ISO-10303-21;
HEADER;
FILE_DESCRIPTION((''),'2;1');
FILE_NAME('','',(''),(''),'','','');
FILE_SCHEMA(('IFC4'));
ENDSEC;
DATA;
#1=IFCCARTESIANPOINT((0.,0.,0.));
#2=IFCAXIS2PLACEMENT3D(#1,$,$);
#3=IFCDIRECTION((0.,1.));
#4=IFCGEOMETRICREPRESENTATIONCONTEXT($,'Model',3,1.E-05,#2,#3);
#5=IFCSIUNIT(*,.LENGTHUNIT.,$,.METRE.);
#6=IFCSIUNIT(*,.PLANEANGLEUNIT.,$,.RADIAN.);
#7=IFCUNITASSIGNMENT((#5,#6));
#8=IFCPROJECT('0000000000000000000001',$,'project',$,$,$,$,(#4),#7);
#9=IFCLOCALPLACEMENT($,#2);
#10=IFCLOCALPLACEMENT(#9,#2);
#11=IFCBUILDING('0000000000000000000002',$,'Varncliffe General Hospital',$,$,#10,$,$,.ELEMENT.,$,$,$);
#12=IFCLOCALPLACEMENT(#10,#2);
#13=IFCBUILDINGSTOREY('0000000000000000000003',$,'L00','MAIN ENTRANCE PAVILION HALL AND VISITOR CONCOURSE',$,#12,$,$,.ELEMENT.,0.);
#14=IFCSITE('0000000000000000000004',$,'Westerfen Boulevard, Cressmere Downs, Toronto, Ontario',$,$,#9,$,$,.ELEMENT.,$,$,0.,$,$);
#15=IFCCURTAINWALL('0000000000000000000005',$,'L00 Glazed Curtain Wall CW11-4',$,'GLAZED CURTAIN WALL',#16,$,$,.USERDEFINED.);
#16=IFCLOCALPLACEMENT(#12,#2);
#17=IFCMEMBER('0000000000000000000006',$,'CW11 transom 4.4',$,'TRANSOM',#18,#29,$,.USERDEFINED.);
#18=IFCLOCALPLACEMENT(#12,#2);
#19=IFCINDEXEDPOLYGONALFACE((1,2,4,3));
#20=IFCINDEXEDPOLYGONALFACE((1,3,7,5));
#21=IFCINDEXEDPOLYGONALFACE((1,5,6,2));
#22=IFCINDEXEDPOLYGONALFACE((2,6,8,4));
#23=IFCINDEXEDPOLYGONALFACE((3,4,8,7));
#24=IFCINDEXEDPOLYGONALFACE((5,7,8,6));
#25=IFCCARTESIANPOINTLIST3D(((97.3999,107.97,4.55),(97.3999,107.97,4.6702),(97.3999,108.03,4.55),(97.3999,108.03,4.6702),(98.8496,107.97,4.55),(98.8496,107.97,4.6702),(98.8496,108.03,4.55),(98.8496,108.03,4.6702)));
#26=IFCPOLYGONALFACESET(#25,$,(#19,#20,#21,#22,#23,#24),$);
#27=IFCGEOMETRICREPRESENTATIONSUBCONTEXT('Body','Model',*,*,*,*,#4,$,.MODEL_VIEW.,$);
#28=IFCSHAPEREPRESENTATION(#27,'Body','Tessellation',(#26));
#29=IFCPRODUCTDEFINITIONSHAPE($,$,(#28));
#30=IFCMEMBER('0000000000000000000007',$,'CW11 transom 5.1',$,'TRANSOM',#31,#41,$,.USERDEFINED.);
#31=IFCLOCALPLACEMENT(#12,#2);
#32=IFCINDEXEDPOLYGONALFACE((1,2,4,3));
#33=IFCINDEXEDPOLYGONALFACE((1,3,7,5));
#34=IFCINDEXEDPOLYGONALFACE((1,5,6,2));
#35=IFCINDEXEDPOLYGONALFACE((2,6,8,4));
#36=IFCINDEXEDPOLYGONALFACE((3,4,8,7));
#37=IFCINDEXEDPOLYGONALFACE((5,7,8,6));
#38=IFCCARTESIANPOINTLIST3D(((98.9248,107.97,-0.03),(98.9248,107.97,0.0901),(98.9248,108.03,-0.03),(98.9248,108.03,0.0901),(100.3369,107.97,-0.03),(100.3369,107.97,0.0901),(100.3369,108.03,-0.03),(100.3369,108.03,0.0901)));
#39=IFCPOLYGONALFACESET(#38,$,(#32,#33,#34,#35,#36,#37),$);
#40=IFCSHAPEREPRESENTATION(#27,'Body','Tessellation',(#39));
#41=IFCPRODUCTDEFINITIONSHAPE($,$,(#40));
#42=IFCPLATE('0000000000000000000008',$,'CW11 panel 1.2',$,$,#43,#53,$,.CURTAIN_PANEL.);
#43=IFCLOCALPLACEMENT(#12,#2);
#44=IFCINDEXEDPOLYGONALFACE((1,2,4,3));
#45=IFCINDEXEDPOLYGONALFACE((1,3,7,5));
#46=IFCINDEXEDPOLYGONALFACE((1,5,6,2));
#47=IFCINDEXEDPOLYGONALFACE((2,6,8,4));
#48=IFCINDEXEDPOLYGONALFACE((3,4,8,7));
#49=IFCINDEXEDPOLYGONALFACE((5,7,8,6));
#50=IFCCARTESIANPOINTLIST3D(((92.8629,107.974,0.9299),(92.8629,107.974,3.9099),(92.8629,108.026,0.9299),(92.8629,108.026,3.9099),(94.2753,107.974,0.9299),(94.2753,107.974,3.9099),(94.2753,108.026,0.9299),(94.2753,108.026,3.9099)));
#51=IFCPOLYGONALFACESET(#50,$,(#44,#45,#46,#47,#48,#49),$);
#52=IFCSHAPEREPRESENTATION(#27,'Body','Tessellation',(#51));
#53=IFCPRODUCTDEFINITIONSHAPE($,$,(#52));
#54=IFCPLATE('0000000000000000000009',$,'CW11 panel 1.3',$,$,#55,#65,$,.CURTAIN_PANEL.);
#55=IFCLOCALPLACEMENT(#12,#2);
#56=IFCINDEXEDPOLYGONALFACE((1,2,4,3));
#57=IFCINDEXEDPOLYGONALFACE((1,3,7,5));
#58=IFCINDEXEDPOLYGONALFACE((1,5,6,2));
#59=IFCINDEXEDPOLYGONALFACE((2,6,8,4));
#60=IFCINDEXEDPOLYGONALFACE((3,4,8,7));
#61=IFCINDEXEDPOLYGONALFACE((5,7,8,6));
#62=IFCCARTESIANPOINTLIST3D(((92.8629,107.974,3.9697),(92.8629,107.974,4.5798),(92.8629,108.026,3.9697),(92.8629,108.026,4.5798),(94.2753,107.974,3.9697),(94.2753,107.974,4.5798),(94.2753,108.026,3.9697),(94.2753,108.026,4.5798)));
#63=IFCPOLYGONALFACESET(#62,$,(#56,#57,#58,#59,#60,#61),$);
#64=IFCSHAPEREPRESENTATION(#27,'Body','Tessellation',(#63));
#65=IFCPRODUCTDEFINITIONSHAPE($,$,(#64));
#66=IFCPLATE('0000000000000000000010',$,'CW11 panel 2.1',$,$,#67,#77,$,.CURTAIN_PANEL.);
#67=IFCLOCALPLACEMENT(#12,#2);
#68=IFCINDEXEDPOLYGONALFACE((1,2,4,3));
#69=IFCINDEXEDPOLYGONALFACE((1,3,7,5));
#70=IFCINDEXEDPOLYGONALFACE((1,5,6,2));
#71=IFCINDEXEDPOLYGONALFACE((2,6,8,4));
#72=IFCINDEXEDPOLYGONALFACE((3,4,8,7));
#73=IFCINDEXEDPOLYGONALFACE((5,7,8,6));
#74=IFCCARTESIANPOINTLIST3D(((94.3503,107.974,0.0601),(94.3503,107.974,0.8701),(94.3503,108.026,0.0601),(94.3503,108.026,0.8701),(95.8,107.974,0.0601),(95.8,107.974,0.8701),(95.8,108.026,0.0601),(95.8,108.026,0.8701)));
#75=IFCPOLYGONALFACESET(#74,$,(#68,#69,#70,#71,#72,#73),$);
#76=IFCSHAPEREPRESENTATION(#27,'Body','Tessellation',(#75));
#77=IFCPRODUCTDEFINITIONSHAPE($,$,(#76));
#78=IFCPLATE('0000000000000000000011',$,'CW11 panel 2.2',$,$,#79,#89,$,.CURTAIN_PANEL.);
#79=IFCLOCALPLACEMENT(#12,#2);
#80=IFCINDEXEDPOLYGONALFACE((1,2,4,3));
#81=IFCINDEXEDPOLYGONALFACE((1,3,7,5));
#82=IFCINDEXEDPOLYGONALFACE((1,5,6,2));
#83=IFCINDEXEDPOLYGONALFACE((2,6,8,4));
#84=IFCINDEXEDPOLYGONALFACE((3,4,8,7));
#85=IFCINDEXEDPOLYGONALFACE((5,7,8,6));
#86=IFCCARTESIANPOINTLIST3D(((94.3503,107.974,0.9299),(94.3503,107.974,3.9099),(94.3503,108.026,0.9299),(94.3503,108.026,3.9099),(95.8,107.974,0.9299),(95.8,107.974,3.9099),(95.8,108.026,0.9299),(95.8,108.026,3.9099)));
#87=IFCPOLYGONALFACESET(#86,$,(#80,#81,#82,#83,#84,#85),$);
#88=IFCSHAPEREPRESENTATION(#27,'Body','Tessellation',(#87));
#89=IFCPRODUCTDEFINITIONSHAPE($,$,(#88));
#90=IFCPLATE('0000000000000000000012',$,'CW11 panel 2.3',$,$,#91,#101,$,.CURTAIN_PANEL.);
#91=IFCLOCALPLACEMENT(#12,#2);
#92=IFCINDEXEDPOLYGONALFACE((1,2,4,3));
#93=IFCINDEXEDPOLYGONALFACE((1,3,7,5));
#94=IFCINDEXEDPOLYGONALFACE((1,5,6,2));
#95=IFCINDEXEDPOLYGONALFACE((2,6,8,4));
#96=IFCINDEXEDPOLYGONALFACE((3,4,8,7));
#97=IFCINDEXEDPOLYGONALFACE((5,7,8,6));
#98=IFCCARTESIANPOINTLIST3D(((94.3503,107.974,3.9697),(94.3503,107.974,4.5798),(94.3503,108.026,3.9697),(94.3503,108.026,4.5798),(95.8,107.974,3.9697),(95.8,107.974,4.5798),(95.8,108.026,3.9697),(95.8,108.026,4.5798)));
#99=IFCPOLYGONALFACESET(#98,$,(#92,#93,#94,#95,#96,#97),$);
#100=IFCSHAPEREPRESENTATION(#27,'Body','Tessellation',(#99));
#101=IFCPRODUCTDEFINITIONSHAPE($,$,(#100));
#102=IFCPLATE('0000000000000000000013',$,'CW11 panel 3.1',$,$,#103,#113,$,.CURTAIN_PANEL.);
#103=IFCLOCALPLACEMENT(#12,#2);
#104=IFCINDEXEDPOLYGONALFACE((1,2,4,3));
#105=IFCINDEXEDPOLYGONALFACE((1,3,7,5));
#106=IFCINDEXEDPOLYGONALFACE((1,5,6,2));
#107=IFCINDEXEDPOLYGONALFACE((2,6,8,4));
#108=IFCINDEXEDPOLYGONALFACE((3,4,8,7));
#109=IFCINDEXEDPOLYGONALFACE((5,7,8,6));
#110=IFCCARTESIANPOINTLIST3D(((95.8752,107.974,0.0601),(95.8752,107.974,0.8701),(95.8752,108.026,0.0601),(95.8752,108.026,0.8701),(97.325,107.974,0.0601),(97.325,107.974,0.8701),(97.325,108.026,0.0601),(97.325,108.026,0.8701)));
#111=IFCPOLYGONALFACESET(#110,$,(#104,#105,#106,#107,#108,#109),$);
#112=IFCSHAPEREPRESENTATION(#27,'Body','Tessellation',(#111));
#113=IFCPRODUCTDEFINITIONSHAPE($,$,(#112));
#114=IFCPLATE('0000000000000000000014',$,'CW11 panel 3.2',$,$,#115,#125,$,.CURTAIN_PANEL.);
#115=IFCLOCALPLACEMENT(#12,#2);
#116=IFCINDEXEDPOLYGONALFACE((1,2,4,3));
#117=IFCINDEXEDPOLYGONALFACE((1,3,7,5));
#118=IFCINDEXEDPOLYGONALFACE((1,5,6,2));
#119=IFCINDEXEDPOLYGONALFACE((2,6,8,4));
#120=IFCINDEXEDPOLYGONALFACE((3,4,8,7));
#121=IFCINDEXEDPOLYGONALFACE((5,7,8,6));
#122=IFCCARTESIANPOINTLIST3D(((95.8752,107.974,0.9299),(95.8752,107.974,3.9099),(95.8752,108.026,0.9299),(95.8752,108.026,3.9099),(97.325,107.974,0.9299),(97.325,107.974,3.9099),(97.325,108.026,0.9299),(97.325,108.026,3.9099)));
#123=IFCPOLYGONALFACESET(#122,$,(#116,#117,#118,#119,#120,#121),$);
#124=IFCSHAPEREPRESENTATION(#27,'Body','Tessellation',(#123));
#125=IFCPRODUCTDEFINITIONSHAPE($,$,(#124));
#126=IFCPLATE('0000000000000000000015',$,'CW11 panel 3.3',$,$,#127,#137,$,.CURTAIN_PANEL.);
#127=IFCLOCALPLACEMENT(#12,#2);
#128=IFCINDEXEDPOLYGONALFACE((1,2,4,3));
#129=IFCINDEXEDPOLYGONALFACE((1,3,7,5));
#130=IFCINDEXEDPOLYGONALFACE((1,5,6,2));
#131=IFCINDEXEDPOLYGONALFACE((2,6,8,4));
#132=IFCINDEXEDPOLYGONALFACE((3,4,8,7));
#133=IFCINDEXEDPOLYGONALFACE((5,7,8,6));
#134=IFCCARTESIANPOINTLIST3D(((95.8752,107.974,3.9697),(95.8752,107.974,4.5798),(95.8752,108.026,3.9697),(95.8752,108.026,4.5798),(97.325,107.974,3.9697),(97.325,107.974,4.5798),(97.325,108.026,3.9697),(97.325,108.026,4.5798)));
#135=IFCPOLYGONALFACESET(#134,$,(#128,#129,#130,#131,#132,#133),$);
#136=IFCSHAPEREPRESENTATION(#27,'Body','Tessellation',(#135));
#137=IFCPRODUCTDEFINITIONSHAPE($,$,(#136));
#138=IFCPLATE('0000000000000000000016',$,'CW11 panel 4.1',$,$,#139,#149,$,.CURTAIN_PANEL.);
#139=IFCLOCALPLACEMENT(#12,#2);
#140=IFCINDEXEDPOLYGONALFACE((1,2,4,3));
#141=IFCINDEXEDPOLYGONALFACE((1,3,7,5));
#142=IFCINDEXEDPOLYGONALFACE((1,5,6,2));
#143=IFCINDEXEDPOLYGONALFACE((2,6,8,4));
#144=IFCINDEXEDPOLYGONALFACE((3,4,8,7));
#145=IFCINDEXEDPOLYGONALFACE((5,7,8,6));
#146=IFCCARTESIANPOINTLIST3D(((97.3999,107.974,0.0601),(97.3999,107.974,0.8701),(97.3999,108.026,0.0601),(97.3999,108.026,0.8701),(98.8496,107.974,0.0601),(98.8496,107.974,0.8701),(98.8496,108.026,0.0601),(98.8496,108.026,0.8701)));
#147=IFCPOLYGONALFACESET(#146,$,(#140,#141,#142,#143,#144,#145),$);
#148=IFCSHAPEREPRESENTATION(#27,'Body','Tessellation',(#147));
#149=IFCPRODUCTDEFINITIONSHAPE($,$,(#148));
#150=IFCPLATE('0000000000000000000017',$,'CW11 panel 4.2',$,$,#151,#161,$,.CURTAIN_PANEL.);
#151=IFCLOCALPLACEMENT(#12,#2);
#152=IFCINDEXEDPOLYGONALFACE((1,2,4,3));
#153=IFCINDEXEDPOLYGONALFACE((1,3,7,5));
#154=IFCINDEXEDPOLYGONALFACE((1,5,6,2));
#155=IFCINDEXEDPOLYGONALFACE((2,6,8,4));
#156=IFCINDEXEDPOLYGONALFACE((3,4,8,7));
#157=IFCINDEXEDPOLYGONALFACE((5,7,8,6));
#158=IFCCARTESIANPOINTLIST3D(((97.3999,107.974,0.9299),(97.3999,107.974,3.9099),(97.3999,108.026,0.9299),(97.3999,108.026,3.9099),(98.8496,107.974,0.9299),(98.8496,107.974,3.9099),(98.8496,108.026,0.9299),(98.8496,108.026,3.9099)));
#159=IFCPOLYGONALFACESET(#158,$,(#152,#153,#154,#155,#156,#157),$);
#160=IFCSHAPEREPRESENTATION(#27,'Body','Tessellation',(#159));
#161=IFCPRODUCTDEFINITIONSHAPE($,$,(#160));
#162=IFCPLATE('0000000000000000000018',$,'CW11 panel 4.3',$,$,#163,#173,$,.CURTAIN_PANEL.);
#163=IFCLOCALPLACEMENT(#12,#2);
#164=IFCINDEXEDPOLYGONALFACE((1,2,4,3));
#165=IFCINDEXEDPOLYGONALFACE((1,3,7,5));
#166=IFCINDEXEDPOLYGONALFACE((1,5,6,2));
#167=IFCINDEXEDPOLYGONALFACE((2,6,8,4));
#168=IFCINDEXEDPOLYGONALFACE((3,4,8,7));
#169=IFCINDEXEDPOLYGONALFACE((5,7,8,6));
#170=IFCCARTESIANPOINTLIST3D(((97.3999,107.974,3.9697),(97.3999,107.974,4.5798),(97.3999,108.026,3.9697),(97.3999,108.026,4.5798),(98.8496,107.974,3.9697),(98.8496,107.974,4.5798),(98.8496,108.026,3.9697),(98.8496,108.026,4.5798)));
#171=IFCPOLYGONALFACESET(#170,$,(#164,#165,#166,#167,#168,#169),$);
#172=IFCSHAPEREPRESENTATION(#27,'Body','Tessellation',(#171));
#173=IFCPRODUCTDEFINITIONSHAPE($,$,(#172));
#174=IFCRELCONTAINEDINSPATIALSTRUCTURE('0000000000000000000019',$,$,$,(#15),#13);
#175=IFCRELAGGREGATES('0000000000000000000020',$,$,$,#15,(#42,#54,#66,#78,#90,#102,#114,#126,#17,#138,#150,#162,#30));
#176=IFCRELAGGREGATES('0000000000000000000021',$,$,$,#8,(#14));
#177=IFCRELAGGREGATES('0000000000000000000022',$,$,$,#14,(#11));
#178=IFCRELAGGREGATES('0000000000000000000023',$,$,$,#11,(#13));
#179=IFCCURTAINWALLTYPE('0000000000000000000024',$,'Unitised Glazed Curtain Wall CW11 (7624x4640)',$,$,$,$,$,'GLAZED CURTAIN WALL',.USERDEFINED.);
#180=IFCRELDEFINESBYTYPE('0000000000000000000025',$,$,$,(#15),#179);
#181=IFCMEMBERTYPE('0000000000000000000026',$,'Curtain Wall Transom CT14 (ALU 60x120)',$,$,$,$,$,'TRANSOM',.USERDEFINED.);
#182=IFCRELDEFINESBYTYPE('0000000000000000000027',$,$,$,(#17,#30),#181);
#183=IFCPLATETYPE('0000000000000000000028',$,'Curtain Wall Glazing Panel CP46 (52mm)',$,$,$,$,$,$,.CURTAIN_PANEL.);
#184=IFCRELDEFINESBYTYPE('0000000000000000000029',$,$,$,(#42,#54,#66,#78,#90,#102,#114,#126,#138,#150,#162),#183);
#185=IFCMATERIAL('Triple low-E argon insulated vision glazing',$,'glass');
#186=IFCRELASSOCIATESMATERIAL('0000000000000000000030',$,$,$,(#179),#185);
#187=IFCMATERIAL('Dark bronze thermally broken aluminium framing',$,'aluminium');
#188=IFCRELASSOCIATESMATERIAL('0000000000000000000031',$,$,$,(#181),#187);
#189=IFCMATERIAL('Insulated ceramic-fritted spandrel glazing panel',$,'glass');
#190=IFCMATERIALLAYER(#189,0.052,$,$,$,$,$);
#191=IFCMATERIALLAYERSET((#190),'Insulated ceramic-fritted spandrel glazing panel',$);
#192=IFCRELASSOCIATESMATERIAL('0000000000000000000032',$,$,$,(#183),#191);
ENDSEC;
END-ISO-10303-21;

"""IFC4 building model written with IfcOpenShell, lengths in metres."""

from ifc_helpers import new_model, si_unit, direction, frame, origin, origin_2d, place, context, subcontext, project, spatial, rectangle, extrude, material, layer, layer_set, material_profile, profile_set, type_object, element, aggregate, save


model = new_model("IFC4")

# Units and contexts
model_context = context("Model", 3, precision=1e-05, world=origin(), true_north=direction((0.0, 1.0)))
body_context = subcontext(model_context, "Body", "Model", "MODEL_VIEW")
ifc_project = project(units=[si_unit("LENGTHUNIT", "METRE"), si_unit("PLANEANGLEUNIT", "RADIAN")], contexts=[model_context])

# Site, building, storey
site_placement = place(None, origin())
site = spatial("IfcSite", under=ifc_project, at=site_placement, Name="Westerfen Boulevard, Cressmere Downs, Toronto, Ontario", CompositionType="ELEMENT", RefElevation=0.0)
building_placement = place(site_placement, origin())
building = spatial("IfcBuilding", under=site, at=building_placement, Name="Varncliffe General Hospital", CompositionType="ELEMENT")
storey_placement = place(building_placement, origin())
storey = spatial("IfcBuildingStorey", under=building, at=storey_placement, Name="L00", Description="MAIN ENTRANCE PAVILION HALL AND VISITOR CONCOURSE", CompositionType="ELEMENT", Elevation=0.0)

# Curtain wall, members, plates
ifc_material_1 = material(Name="Triple low-E argon insulated vision glazing", Category="glass")
curtain_wall_type = type_object("IfcCurtainWallType", Name="Unitised Glazed Curtain Wall CW11 (7624x4640)", ElementType="GLAZED CURTAIN WALL", PredefinedType="USERDEFINED", material=ifc_material_1)
curtain_wall_placement = place(storey_placement, origin())
curtain_wall = element("IfcCurtainWall", 1, at=curtain_wall_placement, inside=storey, type_object=curtain_wall_type, Name="L00 Glazed Curtain Wall CW11-4", ObjectType="GLAZED CURTAIN WALL", PredefinedType="USERDEFINED")
ifc_material_2 = material(Name="Dark bronze thermally broken aluminium framing", Category="aluminium")
ifc_material_profile_1 = material_profile(ifc_material_2, rectangle(XDim=0.0601, YDim=0.1201, at=origin_2d()), Name="ALU 60x120")
ifc_profile_set_1 = profile_set([ifc_material_profile_1], Name="Dark bronze thermally broken aluminium framing")
member_type_1 = type_object("IfcMemberType", Name="Curtain Wall Transom CT14 (ALU 60x120)", ElementType="TRANSOM", PredefinedType="USERDEFINED", material=ifc_profile_set_1)
member_1_placement = place(storey_placement, frame((97.3999, 108.0, 4.6101), z_axis=(1.0, 0.0, 0.0), x_axis=(0.0, 1.0, 0.0)))
member_1 = element("IfcMember", 2, at=member_1_placement, type_object=member_type_1, Name="CW11 transom 4.4", ObjectType="TRANSOM", PredefinedType="USERDEFINED", context=body_context, shape_type="SweptSolid", body=[
    extrude(rectangle(XDim=0.0601, YDim=0.1201, at=origin_2d()), origin(), (0.0, 0.0, 1.0), 1.4497),
])
member_2_placement = place(storey_placement, frame((98.9248, 108.0, 0.03), z_axis=(1.0, 0.0, 0.0), x_axis=(0.0, 1.0, 0.0)))
member_2 = element("IfcMember", 3, at=member_2_placement, type_object=member_type_1, Name="CW11 transom 5.1", ObjectType="TRANSOM", PredefinedType="USERDEFINED", context=body_context, shape_type="SweptSolid", body=[
    extrude(rectangle(XDim=0.0601, YDim=0.1201, at=origin_2d()), origin(), (0.0, 0.0, 1.0), 1.4121),
])
ifc_material_3 = material(Name="Insulated ceramic-fritted spandrel glazing panel", Category="glass")
ifc_layer = layer(ifc_material_3, 0.052)
ifc_layer_set = layer_set([ifc_layer], Name="Insulated ceramic-fritted spandrel glazing panel")
plate_type = type_object("IfcPlateType", Name="Curtain Wall Glazing Panel CP46 (52mm)", PredefinedType="CURTAIN_PANEL", material=ifc_layer_set)
plate_1_placement = place(storey_placement, frame((93.5691, 108.0, 0.9299), z_axis=(0.0, 0.0, 1.0), x_axis=(1.0, 0.0, 0.0)))
plate_1 = element("IfcPlate", 4, at=plate_1_placement, type_object=plate_type, Name="CW11 panel 1.2", PredefinedType="CURTAIN_PANEL", context=body_context, shape_type="SweptSolid", body=[
    extrude(rectangle(XDim=1.4124, YDim=0.052, at=origin_2d()), origin(), (0.0, 0.0, 1.0), 2.98),
])
plate_2_placement = place(storey_placement, frame((93.5691, 108.0, 3.9697), z_axis=(0.0, 0.0, 1.0), x_axis=(1.0, 0.0, 0.0)))
plate_2 = element("IfcPlate", 5, at=plate_2_placement, type_object=plate_type, Name="CW11 panel 1.3", PredefinedType="CURTAIN_PANEL", context=body_context, shape_type="SweptSolid", body=[
    extrude(rectangle(XDim=1.4124, YDim=0.052, at=origin_2d()), origin(), (0.0, 0.0, 1.0), 0.6101),
])
plate_3_placement = place(storey_placement, frame((95.0752, 108.0, 0.0601), z_axis=(0.0, 0.0, 1.0), x_axis=(1.0, 0.0, 0.0)))
plate_3 = element("IfcPlate", 6, at=plate_3_placement, type_object=plate_type, Name="CW11 panel 2.1", PredefinedType="CURTAIN_PANEL", context=body_context, shape_type="SweptSolid", body=[
    extrude(rectangle(XDim=1.4497, YDim=0.052, at=origin_2d()), origin(), (0.0, 0.0, 1.0), 0.8101),
])
plate_4_placement = place(storey_placement, frame((95.0752, 108.0, 0.9299), z_axis=(0.0, 0.0, 1.0), x_axis=(1.0, 0.0, 0.0)))
plate_4 = element("IfcPlate", 7, at=plate_4_placement, type_object=plate_type, Name="CW11 panel 2.2", PredefinedType="CURTAIN_PANEL", context=body_context, shape_type="SweptSolid", body=[
    extrude(rectangle(XDim=1.4497, YDim=0.052, at=origin_2d()), origin(), (0.0, 0.0, 1.0), 2.98),
])
plate_5_placement = place(storey_placement, frame((95.0752, 108.0, 3.9697), z_axis=(0.0, 0.0, 1.0), x_axis=(1.0, 0.0, 0.0)))
plate_5 = element("IfcPlate", 8, at=plate_5_placement, type_object=plate_type, Name="CW11 panel 2.3", PredefinedType="CURTAIN_PANEL", context=body_context, shape_type="SweptSolid", body=[
    extrude(rectangle(XDim=1.4497, YDim=0.052, at=origin_2d()), origin(), (0.0, 0.0, 1.0), 0.6101),
])
plate_6_placement = place(storey_placement, frame((96.6001, 108.0, 0.0601), z_axis=(0.0, 0.0, 1.0), x_axis=(1.0, 0.0, 0.0)))
plate_6 = element("IfcPlate", 9, at=plate_6_placement, type_object=plate_type, Name="CW11 panel 3.1", PredefinedType="CURTAIN_PANEL", context=body_context, shape_type="SweptSolid", body=[
    extrude(rectangle(XDim=1.4497, YDim=0.052, at=origin_2d()), origin(), (0.0, 0.0, 1.0), 0.8101),
])
plate_7_placement = place(storey_placement, frame((96.6001, 108.0, 0.9299), z_axis=(0.0, 0.0, 1.0), x_axis=(1.0, 0.0, 0.0)))
plate_7 = element("IfcPlate", 10, at=plate_7_placement, type_object=plate_type, Name="CW11 panel 3.2", PredefinedType="CURTAIN_PANEL", context=body_context, shape_type="SweptSolid", body=[
    extrude(rectangle(XDim=1.4497, YDim=0.052, at=origin_2d()), origin(), (0.0, 0.0, 1.0), 2.98),
])
plate_8_placement = place(storey_placement, frame((96.6001, 108.0, 3.9697), z_axis=(0.0, 0.0, 1.0), x_axis=(1.0, 0.0, 0.0)))
plate_8 = element("IfcPlate", 11, at=plate_8_placement, type_object=plate_type, Name="CW11 panel 3.3", PredefinedType="CURTAIN_PANEL", context=body_context, shape_type="SweptSolid", body=[
    extrude(rectangle(XDim=1.4497, YDim=0.052, at=origin_2d()), origin(), (0.0, 0.0, 1.0), 0.6101),
])
plate_9_placement = place(storey_placement, frame((98.1248, 108.0, 0.0601), z_axis=(0.0, 0.0, 1.0), x_axis=(1.0, 0.0, 0.0)))
plate_9 = element("IfcPlate", 12, at=plate_9_placement, type_object=plate_type, Name="CW11 panel 4.1", PredefinedType="CURTAIN_PANEL", context=body_context, shape_type="SweptSolid", body=[
    extrude(rectangle(XDim=1.4497, YDim=0.052, at=origin_2d()), origin(), (0.0, 0.0, 1.0), 0.8101),
])
plate_10_placement = place(storey_placement, frame((98.1248, 108.0, 0.9299), z_axis=(0.0, 0.0, 1.0), x_axis=(1.0, 0.0, 0.0)))
plate_10 = element("IfcPlate", 13, at=plate_10_placement, type_object=plate_type, Name="CW11 panel 4.2", PredefinedType="CURTAIN_PANEL", context=body_context, shape_type="SweptSolid", body=[
    extrude(rectangle(XDim=1.4497, YDim=0.052, at=origin_2d()), origin(), (0.0, 0.0, 1.0), 2.98),
])
plate_11_placement = place(storey_placement, frame((98.1248, 108.0, 3.9697), z_axis=(0.0, 0.0, 1.0), x_axis=(1.0, 0.0, 0.0)))
plate_11 = element("IfcPlate", 14, at=plate_11_placement, type_object=plate_type, Name="CW11 panel 4.3", PredefinedType="CURTAIN_PANEL", context=body_context, shape_type="SweptSolid", body=[
    extrude(rectangle(XDim=1.4497, YDim=0.052, at=origin_2d()), origin(), (0.0, 0.0, 1.0), 0.6101),
])
aggregate(curtain_wall, [plate_1, plate_2, plate_3, plate_4, plate_5, plate_6, plate_7, plate_8, member_1, plate_9, plate_10, plate_11, member_2])

save(model, "model.ifc")
